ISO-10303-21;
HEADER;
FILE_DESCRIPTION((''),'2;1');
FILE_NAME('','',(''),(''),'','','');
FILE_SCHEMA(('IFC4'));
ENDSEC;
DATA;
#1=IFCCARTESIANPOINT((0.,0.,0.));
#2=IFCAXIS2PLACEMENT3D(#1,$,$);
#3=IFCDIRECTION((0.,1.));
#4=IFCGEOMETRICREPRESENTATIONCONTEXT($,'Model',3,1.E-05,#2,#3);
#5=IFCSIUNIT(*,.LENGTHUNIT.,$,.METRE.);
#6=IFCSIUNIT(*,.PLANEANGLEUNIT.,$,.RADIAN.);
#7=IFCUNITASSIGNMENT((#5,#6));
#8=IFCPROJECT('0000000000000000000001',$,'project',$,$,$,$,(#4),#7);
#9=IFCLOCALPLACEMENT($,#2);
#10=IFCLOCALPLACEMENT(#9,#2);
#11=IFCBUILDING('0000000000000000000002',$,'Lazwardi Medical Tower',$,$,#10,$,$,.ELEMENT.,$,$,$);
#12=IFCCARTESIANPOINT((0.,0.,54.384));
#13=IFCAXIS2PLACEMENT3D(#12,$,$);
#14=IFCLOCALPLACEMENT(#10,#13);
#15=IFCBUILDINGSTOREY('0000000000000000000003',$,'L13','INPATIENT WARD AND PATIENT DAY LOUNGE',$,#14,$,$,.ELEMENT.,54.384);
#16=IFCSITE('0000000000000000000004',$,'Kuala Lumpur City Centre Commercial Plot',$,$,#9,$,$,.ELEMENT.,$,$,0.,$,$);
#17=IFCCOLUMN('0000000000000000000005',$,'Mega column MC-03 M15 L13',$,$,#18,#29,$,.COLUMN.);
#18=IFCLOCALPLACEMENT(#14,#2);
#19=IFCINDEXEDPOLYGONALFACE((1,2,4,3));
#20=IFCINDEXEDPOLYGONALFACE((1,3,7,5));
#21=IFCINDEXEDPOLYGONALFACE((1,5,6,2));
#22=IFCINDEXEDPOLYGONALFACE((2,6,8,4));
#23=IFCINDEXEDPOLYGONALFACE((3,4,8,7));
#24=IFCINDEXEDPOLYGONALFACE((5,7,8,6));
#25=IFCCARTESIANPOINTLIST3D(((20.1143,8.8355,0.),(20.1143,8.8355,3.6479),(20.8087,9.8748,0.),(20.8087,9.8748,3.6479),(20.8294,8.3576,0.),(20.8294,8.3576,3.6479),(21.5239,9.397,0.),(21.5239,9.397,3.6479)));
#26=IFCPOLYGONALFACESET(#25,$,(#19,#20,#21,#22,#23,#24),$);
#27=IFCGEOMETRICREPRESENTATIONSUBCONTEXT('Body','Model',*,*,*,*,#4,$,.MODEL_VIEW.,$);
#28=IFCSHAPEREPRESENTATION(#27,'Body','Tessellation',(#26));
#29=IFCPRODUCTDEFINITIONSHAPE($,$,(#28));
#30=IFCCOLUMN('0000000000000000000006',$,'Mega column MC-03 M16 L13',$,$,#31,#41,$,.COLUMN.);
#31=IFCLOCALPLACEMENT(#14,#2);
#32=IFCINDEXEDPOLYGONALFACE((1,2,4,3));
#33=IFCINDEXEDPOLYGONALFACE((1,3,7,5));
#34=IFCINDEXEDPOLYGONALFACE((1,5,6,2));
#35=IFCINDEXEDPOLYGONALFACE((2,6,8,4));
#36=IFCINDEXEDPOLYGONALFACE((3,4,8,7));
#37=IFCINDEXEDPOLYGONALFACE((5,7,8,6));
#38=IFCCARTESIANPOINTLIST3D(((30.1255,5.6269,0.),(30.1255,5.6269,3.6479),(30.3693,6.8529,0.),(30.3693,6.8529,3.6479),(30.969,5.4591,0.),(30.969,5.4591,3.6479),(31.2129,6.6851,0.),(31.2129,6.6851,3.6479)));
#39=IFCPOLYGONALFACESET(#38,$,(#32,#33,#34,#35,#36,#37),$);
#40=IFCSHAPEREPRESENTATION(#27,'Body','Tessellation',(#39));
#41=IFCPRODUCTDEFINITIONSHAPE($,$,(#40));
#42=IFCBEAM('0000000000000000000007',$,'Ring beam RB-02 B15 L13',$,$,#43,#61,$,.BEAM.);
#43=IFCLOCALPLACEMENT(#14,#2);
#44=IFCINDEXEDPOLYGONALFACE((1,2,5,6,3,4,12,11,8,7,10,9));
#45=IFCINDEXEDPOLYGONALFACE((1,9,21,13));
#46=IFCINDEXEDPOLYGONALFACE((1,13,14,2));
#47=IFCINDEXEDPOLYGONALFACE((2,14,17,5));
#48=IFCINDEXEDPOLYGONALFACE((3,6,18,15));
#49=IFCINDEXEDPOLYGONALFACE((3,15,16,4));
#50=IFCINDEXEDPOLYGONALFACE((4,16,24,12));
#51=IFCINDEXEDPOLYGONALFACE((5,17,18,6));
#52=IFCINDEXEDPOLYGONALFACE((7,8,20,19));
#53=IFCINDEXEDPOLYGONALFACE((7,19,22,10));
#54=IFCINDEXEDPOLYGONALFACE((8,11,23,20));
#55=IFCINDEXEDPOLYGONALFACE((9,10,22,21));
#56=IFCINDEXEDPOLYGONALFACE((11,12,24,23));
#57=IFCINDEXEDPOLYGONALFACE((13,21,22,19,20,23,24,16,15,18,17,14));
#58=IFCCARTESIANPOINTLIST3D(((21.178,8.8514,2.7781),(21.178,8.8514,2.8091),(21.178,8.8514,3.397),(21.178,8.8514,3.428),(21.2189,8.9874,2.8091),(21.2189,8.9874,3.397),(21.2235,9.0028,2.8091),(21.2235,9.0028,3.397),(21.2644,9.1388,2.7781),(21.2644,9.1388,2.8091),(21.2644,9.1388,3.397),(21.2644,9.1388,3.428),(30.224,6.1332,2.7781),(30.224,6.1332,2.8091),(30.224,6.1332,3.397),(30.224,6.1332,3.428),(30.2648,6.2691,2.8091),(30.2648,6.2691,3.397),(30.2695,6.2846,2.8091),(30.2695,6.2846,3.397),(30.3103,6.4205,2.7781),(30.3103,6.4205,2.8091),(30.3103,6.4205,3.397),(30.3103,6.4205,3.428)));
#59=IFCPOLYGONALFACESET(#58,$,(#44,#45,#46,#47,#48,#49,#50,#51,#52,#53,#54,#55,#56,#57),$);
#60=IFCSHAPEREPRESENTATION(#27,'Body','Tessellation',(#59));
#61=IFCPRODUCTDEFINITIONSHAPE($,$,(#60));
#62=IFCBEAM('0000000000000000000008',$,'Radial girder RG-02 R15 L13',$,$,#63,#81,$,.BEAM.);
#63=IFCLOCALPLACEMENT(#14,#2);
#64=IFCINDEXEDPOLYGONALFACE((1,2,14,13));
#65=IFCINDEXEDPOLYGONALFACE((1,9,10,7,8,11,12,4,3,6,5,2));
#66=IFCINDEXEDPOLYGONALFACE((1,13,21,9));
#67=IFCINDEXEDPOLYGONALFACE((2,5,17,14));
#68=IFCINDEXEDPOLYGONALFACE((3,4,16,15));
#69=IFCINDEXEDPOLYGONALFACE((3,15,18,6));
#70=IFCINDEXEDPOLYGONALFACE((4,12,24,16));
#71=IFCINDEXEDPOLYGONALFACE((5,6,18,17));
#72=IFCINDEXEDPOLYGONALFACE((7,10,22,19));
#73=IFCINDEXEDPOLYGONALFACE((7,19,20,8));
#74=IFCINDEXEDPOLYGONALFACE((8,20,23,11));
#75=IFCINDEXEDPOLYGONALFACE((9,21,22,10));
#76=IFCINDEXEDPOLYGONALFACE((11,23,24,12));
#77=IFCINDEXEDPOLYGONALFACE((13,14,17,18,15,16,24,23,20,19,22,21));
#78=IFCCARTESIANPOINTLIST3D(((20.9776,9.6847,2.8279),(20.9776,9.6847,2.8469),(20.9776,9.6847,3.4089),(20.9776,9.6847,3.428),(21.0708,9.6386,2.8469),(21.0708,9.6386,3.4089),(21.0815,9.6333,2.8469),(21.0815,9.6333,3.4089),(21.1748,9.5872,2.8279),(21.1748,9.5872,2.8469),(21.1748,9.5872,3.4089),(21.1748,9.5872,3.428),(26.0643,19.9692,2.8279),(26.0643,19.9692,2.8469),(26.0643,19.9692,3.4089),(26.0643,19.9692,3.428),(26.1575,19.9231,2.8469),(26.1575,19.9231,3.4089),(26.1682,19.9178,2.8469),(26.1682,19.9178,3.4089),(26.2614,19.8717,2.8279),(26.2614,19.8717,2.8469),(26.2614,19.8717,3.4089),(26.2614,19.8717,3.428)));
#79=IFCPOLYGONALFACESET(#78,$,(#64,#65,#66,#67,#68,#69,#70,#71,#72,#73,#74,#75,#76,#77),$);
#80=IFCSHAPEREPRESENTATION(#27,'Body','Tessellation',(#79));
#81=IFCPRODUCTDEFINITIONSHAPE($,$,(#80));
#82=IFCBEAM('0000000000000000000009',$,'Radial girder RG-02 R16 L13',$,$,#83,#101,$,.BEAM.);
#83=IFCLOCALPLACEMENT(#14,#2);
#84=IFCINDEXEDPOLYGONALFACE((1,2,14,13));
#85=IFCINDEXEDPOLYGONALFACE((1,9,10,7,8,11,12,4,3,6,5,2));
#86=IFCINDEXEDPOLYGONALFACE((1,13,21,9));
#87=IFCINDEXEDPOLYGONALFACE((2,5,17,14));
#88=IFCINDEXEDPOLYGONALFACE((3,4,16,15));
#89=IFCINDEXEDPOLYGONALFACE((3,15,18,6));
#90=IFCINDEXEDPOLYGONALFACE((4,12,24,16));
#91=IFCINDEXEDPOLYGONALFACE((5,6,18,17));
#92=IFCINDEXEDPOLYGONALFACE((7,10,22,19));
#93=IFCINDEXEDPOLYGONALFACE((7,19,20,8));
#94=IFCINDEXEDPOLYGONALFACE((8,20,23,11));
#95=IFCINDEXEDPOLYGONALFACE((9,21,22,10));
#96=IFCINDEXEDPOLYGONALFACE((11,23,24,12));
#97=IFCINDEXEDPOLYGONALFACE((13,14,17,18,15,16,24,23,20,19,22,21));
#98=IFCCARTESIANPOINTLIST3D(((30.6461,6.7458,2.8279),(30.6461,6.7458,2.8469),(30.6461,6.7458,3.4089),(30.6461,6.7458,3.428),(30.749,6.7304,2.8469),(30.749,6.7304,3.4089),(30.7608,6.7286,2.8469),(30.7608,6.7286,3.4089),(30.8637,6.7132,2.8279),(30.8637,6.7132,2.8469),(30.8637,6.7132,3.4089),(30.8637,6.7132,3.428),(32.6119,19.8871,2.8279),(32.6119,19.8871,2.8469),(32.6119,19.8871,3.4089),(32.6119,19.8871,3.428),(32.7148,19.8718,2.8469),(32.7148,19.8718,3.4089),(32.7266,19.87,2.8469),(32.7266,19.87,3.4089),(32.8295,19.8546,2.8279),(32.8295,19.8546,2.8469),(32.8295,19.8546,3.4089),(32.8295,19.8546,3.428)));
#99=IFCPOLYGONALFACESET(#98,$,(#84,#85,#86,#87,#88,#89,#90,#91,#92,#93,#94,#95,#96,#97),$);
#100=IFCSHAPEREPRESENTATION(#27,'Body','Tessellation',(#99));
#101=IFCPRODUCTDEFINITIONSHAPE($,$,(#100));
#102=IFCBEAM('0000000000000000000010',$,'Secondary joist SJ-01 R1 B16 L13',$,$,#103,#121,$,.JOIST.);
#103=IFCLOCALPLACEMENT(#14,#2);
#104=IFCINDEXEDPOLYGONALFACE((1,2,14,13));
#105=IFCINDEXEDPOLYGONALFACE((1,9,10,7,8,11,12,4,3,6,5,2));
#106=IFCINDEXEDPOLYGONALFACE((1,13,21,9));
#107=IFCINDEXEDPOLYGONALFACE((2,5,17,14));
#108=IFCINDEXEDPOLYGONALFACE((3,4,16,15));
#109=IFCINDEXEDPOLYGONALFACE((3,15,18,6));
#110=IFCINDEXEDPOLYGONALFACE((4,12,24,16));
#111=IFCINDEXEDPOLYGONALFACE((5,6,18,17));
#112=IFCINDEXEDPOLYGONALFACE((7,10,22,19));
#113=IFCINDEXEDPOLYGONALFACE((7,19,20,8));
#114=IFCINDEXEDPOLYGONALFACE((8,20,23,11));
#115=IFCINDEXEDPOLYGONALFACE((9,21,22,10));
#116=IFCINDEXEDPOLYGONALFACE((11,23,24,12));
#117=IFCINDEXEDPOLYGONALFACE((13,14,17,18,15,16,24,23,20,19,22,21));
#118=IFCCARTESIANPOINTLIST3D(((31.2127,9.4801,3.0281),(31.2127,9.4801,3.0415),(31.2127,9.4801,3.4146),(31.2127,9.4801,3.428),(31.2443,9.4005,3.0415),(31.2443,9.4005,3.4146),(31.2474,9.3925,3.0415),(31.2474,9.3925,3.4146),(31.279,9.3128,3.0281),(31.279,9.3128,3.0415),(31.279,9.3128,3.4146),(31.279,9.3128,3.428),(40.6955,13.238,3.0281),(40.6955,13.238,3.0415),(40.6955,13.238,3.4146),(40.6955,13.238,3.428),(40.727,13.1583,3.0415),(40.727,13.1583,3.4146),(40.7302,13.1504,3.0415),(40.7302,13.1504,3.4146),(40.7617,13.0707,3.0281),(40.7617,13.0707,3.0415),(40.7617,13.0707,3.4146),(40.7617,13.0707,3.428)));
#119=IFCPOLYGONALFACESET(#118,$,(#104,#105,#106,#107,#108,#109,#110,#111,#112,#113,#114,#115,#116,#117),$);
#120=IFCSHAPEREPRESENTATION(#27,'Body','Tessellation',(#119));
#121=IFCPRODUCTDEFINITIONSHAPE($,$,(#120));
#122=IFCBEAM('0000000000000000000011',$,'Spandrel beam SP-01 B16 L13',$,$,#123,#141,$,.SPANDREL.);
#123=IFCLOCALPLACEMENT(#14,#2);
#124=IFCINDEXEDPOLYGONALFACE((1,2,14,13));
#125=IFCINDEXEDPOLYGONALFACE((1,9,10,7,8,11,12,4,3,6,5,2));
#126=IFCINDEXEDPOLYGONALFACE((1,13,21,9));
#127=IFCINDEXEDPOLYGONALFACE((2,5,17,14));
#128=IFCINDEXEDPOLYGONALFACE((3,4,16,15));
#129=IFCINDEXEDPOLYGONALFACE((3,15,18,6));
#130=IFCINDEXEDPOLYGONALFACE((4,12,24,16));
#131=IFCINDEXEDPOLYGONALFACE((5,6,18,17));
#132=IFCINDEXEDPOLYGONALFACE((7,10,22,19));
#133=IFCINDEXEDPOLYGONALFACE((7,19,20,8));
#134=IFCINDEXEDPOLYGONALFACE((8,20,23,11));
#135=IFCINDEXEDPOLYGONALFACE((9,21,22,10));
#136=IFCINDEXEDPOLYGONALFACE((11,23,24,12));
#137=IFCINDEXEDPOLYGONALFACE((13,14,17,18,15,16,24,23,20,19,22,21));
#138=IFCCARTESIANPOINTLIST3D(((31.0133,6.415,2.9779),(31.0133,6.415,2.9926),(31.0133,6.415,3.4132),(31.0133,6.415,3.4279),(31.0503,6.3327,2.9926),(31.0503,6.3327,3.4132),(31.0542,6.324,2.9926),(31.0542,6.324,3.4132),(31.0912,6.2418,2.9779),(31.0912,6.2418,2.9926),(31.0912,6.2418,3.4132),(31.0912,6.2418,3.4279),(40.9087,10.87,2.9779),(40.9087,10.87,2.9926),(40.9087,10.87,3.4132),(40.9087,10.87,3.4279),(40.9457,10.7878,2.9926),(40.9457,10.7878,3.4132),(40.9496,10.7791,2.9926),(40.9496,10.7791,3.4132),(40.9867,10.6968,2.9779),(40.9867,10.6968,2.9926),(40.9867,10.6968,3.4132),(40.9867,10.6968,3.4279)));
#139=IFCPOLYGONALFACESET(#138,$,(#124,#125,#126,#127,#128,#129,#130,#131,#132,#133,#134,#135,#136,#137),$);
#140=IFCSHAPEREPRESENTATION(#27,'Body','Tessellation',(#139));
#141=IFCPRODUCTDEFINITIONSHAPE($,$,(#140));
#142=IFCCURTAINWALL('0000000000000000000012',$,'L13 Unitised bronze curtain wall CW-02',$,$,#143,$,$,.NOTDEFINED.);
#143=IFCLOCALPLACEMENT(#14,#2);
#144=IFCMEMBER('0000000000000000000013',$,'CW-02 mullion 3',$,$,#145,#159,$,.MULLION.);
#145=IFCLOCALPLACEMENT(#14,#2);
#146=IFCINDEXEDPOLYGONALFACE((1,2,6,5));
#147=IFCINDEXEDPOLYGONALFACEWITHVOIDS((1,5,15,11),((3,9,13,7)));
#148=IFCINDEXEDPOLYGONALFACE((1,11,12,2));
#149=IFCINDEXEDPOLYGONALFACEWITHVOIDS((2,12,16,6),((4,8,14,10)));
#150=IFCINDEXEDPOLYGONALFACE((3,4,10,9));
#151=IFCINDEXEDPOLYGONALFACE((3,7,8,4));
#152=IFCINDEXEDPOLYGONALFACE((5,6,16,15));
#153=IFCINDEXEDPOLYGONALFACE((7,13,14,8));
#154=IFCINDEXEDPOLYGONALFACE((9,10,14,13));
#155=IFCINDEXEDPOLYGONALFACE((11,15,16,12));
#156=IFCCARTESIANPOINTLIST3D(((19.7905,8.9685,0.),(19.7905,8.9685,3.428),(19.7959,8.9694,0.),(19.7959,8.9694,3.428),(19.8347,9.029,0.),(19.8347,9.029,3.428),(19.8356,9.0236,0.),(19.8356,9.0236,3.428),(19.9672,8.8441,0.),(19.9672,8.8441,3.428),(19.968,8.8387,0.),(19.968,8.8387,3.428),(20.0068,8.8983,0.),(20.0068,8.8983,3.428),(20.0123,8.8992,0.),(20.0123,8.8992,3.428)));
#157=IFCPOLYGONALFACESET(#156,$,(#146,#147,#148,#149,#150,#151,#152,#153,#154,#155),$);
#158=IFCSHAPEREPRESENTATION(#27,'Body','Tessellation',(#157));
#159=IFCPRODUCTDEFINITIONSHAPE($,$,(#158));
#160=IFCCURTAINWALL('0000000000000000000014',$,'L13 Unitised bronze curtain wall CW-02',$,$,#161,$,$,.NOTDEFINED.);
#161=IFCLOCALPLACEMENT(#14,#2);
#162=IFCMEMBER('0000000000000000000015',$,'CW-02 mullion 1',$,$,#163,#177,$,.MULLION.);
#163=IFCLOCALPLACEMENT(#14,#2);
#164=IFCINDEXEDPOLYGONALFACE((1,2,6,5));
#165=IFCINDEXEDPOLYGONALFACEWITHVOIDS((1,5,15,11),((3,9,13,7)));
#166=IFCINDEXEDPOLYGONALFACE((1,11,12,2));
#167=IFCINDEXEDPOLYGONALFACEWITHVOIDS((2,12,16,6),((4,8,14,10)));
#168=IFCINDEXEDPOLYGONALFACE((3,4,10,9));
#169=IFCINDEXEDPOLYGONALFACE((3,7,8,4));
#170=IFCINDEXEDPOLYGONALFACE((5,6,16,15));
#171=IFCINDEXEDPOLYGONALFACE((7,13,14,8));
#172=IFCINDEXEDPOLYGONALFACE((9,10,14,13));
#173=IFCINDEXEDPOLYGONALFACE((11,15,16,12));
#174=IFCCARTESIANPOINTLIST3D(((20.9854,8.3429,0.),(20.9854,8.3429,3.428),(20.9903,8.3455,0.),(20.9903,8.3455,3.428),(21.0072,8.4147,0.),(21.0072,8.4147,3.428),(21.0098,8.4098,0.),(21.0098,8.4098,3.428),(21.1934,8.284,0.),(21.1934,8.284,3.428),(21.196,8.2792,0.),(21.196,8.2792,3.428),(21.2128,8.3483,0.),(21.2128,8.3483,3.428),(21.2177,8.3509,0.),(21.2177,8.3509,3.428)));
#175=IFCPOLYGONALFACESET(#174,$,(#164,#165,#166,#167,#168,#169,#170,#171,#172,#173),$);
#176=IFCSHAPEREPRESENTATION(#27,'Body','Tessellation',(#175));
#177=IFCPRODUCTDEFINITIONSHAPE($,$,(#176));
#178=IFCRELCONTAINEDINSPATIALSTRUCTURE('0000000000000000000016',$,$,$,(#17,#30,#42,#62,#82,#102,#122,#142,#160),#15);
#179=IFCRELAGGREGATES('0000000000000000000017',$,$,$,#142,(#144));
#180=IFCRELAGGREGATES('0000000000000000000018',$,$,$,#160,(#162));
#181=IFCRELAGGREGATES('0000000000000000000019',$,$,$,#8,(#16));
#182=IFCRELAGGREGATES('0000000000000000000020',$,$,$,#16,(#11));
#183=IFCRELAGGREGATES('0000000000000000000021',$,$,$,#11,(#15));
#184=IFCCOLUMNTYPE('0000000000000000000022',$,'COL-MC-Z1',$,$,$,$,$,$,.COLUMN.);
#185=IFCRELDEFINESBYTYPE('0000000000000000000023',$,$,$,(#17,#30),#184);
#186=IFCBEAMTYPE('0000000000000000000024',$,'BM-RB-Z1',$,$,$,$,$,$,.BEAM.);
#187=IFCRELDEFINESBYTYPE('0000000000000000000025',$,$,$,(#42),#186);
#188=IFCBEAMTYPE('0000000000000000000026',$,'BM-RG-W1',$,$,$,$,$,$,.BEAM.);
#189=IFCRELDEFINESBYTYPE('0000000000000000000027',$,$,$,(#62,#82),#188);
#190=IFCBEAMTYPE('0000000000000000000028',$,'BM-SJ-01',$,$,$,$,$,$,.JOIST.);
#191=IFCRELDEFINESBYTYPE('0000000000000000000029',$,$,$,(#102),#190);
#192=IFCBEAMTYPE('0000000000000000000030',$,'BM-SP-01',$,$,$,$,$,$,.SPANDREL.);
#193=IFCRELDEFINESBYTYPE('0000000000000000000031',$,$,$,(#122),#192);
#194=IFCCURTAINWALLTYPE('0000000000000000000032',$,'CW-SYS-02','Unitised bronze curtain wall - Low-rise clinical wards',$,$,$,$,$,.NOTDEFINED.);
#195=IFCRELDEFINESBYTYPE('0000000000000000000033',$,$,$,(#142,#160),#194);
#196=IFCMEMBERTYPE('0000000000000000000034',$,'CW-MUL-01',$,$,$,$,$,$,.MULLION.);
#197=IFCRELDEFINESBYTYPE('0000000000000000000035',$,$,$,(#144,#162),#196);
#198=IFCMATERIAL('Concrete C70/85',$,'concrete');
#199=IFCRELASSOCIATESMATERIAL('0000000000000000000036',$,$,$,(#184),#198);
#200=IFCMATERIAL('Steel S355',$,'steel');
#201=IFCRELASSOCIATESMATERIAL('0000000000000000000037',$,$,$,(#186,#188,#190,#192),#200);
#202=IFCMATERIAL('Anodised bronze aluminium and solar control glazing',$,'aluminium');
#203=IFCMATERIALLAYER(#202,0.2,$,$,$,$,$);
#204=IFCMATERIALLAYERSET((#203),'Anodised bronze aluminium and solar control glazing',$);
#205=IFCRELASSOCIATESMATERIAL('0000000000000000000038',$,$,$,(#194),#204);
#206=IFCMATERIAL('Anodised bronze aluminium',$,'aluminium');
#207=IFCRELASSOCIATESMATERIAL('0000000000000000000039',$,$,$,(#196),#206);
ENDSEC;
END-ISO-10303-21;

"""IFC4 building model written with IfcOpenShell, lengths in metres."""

from ifc_helpers import new_model, si_unit, direction, frame, origin, origin_2d, place, context, subcontext, project, spatial, rectangle, hollow_rectangle, i_section, extrude, material, layer, layer_set, material_profile, profile_set, type_object, element, aggregate, save


model = new_model("IFC4")

# Units and contexts
model_context = context("Model", 3, precision=1e-05, world=origin(), true_north=direction((0.0, 1.0)))
body_context = subcontext(model_context, "Body", "Model", "MODEL_VIEW")
ifc_project = project(units=[si_unit("LENGTHUNIT", "METRE"), si_unit("PLANEANGLEUNIT", "RADIAN")], contexts=[model_context])

# Site, building, storey
site_placement = place(None, origin())
site = spatial("IfcSite", under=ifc_project, at=site_placement, Name="Kuala Lumpur City Centre Commercial Plot", CompositionType="ELEMENT", RefElevation=0.0)
building_placement = place(site_placement, origin())
building = spatial("IfcBuilding", under=site, at=building_placement, Name="Lazwardi Medical Tower", CompositionType="ELEMENT")
storey_placement = place(building_placement, frame((0.0, 0.0, 54.384)))
storey = spatial("IfcBuildingStorey", under=building, at=storey_placement, Name="L13", Description="INPATIENT WARD AND PATIENT DAY LOUNGE", CompositionType="ELEMENT", Elevation=54.384)

# Columns
ifc_material_1 = material(Name="Concrete C70/85", Category="concrete")
ifc_material_profile_1 = material_profile(ifc_material_1, rectangle(XDim=1.25, YDim=0.8601, at=origin_2d()), Name="CFT-RECT 1250x860")
ifc_profile_set_1 = profile_set([ifc_material_profile_1], Name="Concrete C70/85")
column_type = type_object("IfcColumnType", Name="COL-MC-Z1", PredefinedType="COLUMN", material=ifc_profile_set_1)
for number, where, z_axis, x_axis, name in (
    (1, (20.8191, 9.1162, 0.0), (0.0, 0.0, 1.0), (-0.55557, -0.83147, 0.0), "Mega column MC-03 M15 L13"),
    (2, (30.6692, 6.156, 0.0), (0.0, 0.0, 1.0), (-0.19509, -0.980785, 0.0), "Mega column MC-03 M16 L13"),
):
    element("IfcColumn", number, at=place(storey_placement, frame(where, z_axis=z_axis, x_axis=x_axis)), inside=storey, type_object=column_type, Name=name, PredefinedType="COLUMN", context=body_context, shape_type="SweptSolid", body=[
        extrude(rectangle(XDim=1.25, YDim=0.8601, at=origin_2d()), origin(), (0.0, 0.0, 1.0), 3.6479),
    ])

# Beams
ifc_material_2 = material(Name="Steel S355", Category="steel")
ifc_material_profile_2 = material_profile(ifc_material_2, i_section(OverallWidth=0.3, OverallDepth=0.6499, WebThickness=0.0161, FlangeThickness=0.031, at=origin_2d()), Name="HEB 650")
ifc_profile_set_2 = profile_set([ifc_material_profile_2], Name="Steel S355")
beam_type_1 = type_object("IfcBeamType", Name="BM-RB-Z1", PredefinedType="BEAM", material=ifc_profile_set_2)
beam_1_placement = place(storey_placement, frame((21.2212, 8.9951, 3.103), z_axis=(0.957695, -0.287784, 0.0), x_axis=(0.287784, 0.957695, 0.0)))
element("IfcBeam", 3, at=beam_1_placement, inside=storey, type_object=beam_type_1, Name="Ring beam RB-02 B15 L13", PredefinedType="BEAM", context=body_context, shape_type="SweptSolid", body=[
    extrude(i_section(OverallWidth=0.3, OverallDepth=0.6499, WebThickness=0.0161, FlangeThickness=0.031, at=origin_2d()), origin(), (0.0, 0.0, 1.0), 9.4456),
])
ifc_material_profile_3 = material_profile(ifc_material_2, i_section(OverallWidth=0.22, OverallDepth=0.6001, WebThickness=0.012, FlangeThickness=0.019, at=origin_2d()), Name="IPE 600")
ifc_profile_set_3 = profile_set([ifc_material_profile_3], Name="Steel S355")
beam_type_2 = type_object("IfcBeamType", Name="BM-RG-W1", PredefinedType="BEAM", material=ifc_profile_set_3)
beam_2_placement = place(storey_placement, frame((21.0762, 9.636, 3.1279), z_axis=(0.443337, 0.896355, 0.0), x_axis=(-0.896355, 0.443337, 0.0)))
element("IfcBeam", 4, at=beam_2_placement, inside=storey, type_object=beam_type_2, Name="Radial girder RG-02 R15 L13", PredefinedType="BEAM", context=body_context, shape_type="SweptSolid", body=[
    extrude(i_section(OverallWidth=0.22, OverallDepth=0.6001, WebThickness=0.012, FlangeThickness=0.019, at=origin_2d()), origin(), (0.0, 0.0, 1.0), 11.4736),
])
beam_3_placement = place(storey_placement, frame((30.7549, 6.7295, 3.1279), z_axis=(0.147944, 0.988996, 0.0), x_axis=(-0.988996, 0.147944, 0.0)))
element("IfcBeam", 5, at=beam_3_placement, inside=storey, type_object=beam_type_2, Name="Radial girder RG-02 R16 L13", PredefinedType="BEAM", context=body_context, shape_type="SweptSolid", body=[
    extrude(i_section(OverallWidth=0.22, OverallDepth=0.6001, WebThickness=0.012, FlangeThickness=0.019, at=origin_2d()), origin(), (0.0, 0.0, 1.0), 13.2876),
])
ifc_material_profile_4 = material_profile(ifc_material_2, i_section(OverallWidth=0.1799, OverallDepth=0.3999, WebThickness=0.0085, FlangeThickness=0.0134, at=origin_2d()), Name="IPE 400")
ifc_profile_set_4 = profile_set([ifc_material_profile_4], Name="Steel S355")
beam_type_3 = type_object("IfcBeamType", Name="BM-SJ-01", PredefinedType="JOIST", material=ifc_profile_set_4)
beam_4_placement = place(storey_placement, frame((31.2458, 9.3965, 3.228), z_axis=(0.929664, 0.368409, 0.0), x_axis=(-0.368409, 0.929664, 0.0)))
element("IfcBeam", 6, at=beam_4_placement, inside=storey, type_object=beam_type_3, Name="Secondary joist SJ-01 R1 B16 L13", PredefinedType="JOIST", context=body_context, shape_type="SweptSolid", body=[
    extrude(i_section(OverallWidth=0.1799, OverallDepth=0.3999, WebThickness=0.0085, FlangeThickness=0.0134, at=origin_2d()), origin(), (0.0, 0.0, 1.0), 10.2002),
])
ifc_material_profile_5 = material_profile(ifc_material_2, i_section(OverallWidth=0.1899, OverallDepth=0.45, WebThickness=0.0095, FlangeThickness=0.0146, at=origin_2d()), Name="IPE 450")
ifc_profile_set_5 = profile_set([ifc_material_profile_5], Name="Steel S355")
beam_type_4 = type_object("IfcBeamType", Name="BM-SP-01", PredefinedType="SPANDREL", material=ifc_profile_set_5)
beam_5_placement = place(storey_placement, frame((31.0522, 6.3284, 3.2029), z_axis=(0.911849, 0.410526, 0.0), x_axis=(-0.410526, 0.911849, 0.0)))
element("IfcBeam", 7, at=beam_5_placement, inside=storey, type_object=beam_type_4, Name="Spandrel beam SP-01 B16 L13", PredefinedType="SPANDREL", context=body_context, shape_type="SweptSolid", body=[
    extrude(i_section(OverallWidth=0.1899, OverallDepth=0.45, WebThickness=0.0095, FlangeThickness=0.0146, at=origin_2d()), origin(), (0.0, 0.0, 1.0), 10.8521),
])

# Curtain wall, member
ifc_material_3 = material(Name="Anodised bronze aluminium and solar control glazing", Category="aluminium")
ifc_layer_1 = layer(ifc_material_3, 0.2)
ifc_layer_set_1 = layer_set([ifc_layer_1], Name="Anodised bronze aluminium and solar control glazing")
curtain_wall_type = type_object("IfcCurtainWallType", Name="CW-SYS-02", Description="Unitised bronze curtain wall - Low-rise clinical wards", PredefinedType="NOTDEFINED", material=ifc_layer_set_1)
curtain_wall_1_placement = place(storey_placement, origin())
curtain_wall_1 = element("IfcCurtainWall", 8, at=curtain_wall_1_placement, inside=storey, type_object=curtain_wall_type, Name="L13 Unitised bronze curtain wall CW-02", PredefinedType="NOTDEFINED")
ifc_material_4 = material(Name="Anodised bronze aluminium", Category="aluminium")
ifc_material_profile_6 = material_profile(ifc_material_4, hollow_rectangle(XDim=0.075, YDim=0.22, WallThickness=0.0039, at=origin_2d()), Name="ALU-MULLION 220x75x4")
ifc_profile_set_6 = profile_set([ifc_material_profile_6], Name="Anodised bronze aluminium")
member_type_1 = type_object("IfcMemberType", Name="CW-MUL-01", PredefinedType="MULLION", material=ifc_profile_set_6)
member_1_placement = place(storey_placement, frame((19.9014, 8.9338, 0.0), z_axis=(0.0, 0.0, 1.0), x_axis=(0.590289, 0.807192, 0.0)))
member_1 = element("IfcMember", 9, at=member_1_placement, type_object=member_type_1, Name="CW-02 mullion 3", PredefinedType="MULLION", context=body_context, shape_type="SweptSolid", body=[
    extrude(hollow_rectangle(XDim=0.075, YDim=0.22, WallThickness=0.0039, at=origin_2d()), origin(), (0.0, 0.0, 1.0), 3.428),
])

# Curtain wall, member
curtain_wall_2_placement = place(storey_placement, origin())
curtain_wall_2 = element("IfcCurtainWall", 10, at=curtain_wall_2_placement, inside=storey, type_object=curtain_wall_type, Name="L13 Unitised bronze curtain wall CW-02", PredefinedType="NOTDEFINED")
member_2_placement = place(storey_placement, frame((21.1016, 8.3469, 0.0), z_axis=(0.0, 0.0, 1.0), x_axis=(0.289896, 0.957058, 0.0)))
member_2 = element("IfcMember", 11, at=member_2_placement, type_object=member_type_1, Name="CW-02 mullion 1", PredefinedType="MULLION", context=body_context, shape_type="SweptSolid", body=[
    extrude(hollow_rectangle(XDim=0.075, YDim=0.22, WallThickness=0.0039, at=origin_2d()), origin(), (0.0, 0.0, 1.0), 3.428),
])

aggregate(curtain_wall_1, [member_1])
aggregate(curtain_wall_2, [member_2])

save(model, "model.ifc")
